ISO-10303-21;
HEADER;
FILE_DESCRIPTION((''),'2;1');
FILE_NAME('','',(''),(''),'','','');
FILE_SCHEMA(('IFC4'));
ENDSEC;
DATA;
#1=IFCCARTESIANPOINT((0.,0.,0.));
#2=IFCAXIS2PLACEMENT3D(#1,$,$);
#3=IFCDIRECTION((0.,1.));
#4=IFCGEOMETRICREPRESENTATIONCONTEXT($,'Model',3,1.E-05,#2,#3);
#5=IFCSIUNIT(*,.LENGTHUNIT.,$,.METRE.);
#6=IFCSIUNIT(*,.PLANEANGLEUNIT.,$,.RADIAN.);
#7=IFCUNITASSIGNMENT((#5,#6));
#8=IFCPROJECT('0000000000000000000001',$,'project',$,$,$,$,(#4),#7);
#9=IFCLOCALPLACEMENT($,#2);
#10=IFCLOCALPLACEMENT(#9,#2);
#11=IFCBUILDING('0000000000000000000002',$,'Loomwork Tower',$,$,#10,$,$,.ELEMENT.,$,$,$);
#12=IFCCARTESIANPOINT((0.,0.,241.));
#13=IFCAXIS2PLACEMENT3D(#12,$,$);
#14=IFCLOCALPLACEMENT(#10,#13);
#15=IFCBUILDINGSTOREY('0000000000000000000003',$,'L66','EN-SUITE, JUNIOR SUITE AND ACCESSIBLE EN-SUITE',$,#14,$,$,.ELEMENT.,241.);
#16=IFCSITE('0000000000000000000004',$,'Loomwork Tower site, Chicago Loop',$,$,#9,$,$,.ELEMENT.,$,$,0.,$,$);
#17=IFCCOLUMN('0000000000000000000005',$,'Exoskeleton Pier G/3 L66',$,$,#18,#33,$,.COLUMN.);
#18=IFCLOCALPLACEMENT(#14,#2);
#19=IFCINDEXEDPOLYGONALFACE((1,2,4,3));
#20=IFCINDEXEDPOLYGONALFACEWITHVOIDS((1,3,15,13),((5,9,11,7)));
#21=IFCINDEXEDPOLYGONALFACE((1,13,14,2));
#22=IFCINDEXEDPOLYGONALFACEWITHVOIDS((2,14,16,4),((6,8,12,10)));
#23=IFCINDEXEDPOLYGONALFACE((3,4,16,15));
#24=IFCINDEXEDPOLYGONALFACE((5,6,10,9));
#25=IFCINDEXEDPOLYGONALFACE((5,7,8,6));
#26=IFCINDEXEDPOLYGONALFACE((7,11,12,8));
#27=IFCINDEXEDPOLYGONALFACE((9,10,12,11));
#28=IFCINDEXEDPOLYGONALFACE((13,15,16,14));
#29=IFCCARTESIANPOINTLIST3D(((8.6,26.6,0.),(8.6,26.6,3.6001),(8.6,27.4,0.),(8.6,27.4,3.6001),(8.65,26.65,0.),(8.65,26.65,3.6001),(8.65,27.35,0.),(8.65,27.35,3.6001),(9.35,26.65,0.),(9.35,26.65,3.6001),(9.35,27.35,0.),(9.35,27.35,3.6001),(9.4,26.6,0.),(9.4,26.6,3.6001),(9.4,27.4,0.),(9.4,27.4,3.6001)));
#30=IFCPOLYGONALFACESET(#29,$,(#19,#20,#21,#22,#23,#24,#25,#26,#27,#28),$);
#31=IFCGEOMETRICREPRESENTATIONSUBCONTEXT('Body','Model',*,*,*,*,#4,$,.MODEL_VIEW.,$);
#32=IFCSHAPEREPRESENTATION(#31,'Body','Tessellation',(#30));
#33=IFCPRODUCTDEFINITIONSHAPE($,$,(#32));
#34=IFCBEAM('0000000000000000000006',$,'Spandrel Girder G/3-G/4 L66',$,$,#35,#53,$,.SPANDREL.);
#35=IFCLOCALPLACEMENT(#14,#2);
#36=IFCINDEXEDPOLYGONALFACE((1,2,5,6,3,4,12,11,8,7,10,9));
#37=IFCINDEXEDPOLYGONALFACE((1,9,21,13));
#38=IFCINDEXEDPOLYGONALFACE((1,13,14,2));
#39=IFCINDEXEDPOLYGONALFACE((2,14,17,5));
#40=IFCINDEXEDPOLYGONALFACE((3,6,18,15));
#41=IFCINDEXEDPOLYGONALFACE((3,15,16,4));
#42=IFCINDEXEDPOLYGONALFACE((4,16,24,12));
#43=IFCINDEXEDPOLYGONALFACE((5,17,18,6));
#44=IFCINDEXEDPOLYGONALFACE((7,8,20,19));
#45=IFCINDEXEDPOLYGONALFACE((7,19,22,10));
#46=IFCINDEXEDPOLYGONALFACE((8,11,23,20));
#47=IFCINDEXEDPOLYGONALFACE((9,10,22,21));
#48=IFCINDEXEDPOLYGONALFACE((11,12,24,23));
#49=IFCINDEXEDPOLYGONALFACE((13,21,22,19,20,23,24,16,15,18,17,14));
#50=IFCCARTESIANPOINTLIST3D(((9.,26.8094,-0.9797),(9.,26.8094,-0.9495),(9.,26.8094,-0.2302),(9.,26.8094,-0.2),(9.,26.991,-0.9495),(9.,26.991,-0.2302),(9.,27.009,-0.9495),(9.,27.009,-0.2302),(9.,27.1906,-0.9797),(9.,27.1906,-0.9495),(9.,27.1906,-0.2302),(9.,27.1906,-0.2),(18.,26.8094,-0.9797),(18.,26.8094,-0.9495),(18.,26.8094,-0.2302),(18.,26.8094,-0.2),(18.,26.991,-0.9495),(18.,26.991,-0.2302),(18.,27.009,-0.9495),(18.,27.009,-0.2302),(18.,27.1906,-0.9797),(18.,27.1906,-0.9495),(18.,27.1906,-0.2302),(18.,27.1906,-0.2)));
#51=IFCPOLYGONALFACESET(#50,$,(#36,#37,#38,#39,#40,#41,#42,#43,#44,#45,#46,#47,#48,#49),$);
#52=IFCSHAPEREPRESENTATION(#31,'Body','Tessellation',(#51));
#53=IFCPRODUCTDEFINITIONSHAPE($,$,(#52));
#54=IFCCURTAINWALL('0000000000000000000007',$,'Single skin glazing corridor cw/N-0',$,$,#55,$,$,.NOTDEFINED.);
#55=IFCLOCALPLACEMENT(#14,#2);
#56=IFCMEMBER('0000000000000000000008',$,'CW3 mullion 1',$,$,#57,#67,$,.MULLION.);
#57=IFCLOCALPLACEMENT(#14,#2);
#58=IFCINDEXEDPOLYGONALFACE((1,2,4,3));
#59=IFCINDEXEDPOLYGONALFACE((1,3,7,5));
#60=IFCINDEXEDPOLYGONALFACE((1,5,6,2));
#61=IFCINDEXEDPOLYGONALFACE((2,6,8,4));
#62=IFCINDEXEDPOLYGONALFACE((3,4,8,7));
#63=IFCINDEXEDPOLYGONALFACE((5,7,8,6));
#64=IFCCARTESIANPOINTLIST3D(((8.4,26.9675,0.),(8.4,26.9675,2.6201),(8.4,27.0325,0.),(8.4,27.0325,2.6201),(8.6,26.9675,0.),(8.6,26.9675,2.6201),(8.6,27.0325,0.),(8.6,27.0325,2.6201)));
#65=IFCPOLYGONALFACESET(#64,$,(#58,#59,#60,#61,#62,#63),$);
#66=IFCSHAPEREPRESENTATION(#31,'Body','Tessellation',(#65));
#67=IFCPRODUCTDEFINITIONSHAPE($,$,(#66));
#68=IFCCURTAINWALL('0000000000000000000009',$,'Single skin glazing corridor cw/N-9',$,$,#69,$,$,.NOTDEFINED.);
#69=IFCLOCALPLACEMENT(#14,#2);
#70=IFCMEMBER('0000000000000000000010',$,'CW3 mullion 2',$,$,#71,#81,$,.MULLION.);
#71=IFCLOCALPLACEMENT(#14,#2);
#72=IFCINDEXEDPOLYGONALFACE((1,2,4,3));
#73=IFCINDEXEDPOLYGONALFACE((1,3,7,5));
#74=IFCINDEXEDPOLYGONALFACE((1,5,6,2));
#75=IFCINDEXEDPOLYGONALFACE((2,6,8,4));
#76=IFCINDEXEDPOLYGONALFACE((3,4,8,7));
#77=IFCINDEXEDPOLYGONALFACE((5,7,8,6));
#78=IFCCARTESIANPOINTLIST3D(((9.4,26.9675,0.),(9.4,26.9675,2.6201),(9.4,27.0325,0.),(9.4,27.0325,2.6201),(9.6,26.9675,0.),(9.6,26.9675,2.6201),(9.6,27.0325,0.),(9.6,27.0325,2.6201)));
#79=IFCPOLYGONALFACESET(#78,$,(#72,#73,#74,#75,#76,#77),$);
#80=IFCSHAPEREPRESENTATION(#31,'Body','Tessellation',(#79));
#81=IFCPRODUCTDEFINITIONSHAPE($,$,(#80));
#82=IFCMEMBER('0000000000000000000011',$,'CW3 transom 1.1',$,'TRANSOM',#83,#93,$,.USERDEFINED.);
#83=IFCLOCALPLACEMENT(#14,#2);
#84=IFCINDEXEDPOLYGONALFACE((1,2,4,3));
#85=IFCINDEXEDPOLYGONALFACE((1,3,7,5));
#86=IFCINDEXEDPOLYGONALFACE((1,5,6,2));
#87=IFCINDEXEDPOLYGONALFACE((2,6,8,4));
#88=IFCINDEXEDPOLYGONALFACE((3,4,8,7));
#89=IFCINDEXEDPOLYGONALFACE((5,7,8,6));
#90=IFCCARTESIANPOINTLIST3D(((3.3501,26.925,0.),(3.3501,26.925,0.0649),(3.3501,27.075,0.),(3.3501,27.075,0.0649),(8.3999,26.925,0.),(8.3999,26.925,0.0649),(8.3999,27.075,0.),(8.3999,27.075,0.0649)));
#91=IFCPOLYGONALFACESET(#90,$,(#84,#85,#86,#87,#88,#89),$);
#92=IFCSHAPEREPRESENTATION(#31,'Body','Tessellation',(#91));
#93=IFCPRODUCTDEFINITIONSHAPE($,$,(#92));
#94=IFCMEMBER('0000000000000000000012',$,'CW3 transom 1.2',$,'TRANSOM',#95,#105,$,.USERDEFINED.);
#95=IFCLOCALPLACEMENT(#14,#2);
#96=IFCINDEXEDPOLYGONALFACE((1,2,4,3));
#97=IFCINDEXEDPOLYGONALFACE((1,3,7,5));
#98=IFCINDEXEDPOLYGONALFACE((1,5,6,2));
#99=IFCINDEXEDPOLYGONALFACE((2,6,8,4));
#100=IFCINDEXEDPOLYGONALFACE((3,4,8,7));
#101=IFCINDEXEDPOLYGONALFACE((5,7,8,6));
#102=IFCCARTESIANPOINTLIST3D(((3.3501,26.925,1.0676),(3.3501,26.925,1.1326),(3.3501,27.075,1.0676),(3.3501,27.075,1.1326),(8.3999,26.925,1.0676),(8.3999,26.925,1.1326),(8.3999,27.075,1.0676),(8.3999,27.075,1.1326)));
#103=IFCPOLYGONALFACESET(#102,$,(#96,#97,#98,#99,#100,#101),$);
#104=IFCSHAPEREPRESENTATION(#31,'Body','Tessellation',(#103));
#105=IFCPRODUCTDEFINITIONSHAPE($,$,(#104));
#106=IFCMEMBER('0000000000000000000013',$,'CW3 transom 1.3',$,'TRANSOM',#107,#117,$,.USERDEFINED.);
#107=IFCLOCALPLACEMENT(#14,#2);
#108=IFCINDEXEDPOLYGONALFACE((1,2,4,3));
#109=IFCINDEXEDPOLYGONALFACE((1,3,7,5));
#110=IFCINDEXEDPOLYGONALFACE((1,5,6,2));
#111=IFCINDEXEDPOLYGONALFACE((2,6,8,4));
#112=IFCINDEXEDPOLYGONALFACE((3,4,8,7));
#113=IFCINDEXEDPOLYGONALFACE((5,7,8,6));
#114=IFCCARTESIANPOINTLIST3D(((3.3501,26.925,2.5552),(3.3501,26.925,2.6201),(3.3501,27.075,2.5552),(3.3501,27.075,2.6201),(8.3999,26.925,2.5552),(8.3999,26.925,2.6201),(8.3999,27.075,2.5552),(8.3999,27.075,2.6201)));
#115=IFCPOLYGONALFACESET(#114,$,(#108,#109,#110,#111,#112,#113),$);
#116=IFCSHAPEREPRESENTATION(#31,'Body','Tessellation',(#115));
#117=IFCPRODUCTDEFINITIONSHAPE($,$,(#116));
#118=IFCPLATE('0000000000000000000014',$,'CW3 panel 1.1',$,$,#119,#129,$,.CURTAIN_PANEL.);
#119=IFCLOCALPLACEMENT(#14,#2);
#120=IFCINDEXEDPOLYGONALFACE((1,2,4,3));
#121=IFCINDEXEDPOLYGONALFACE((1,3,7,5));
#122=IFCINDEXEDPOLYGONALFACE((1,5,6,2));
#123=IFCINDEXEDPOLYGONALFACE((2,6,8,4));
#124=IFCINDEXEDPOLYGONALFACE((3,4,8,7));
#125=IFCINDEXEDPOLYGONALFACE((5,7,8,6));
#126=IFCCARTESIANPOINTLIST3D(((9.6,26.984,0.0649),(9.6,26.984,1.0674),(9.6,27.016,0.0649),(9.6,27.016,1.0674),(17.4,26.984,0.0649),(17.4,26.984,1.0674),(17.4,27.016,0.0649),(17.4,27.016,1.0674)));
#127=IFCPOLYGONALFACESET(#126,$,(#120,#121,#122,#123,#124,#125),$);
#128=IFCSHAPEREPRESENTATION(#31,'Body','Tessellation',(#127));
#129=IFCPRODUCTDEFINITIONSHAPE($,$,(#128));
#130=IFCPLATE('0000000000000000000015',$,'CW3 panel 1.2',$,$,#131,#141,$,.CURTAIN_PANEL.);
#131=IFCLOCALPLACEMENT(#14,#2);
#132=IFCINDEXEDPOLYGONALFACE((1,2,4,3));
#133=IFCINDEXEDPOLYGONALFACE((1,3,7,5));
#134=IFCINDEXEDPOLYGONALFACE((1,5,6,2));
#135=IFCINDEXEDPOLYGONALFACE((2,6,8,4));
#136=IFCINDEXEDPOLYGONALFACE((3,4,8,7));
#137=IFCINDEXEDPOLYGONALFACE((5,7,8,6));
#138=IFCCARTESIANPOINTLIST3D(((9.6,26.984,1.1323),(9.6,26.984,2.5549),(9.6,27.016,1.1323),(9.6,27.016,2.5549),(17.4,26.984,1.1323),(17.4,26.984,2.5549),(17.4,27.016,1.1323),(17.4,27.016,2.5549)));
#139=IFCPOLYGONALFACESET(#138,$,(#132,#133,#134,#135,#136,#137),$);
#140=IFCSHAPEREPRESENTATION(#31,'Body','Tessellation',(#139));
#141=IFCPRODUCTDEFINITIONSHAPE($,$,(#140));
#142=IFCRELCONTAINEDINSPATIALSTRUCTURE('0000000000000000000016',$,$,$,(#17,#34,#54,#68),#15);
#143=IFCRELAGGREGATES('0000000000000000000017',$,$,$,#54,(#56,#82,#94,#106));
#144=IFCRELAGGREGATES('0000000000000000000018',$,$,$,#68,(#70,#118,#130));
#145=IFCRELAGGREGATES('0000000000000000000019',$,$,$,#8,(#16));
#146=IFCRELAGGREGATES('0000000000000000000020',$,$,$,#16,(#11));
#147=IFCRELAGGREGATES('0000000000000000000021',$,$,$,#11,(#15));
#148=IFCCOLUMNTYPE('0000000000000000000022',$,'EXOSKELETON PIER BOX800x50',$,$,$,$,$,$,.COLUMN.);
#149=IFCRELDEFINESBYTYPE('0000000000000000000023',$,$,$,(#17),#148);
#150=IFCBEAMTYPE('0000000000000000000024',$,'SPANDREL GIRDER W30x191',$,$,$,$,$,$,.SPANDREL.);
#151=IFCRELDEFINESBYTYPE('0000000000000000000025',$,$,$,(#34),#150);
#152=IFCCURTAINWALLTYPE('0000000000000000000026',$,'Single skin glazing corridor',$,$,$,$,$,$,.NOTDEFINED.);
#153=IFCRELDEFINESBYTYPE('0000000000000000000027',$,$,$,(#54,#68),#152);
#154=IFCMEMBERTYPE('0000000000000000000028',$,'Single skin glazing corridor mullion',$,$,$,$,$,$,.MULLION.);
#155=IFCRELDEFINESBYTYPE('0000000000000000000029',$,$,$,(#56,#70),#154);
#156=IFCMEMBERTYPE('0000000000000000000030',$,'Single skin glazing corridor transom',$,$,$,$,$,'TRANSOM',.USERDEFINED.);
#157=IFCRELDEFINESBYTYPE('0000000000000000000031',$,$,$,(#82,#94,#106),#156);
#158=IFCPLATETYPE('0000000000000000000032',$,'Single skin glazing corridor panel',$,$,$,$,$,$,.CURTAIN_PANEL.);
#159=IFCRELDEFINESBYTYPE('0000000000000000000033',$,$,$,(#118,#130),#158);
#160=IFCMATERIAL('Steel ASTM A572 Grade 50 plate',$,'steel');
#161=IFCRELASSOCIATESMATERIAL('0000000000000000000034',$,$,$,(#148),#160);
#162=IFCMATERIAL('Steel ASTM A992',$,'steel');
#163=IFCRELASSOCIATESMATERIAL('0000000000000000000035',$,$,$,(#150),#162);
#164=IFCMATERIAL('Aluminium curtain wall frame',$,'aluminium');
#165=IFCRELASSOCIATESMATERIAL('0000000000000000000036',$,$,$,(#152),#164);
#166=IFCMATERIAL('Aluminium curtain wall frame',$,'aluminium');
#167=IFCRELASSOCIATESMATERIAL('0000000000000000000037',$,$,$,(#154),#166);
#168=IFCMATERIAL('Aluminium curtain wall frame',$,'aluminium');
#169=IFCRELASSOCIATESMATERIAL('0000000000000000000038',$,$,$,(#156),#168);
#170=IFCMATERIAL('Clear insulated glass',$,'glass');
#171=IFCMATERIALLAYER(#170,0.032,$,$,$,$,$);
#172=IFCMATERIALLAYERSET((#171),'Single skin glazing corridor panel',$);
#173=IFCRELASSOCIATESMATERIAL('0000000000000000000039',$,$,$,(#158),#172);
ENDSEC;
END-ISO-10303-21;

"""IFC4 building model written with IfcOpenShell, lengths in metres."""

from ifc_helpers import new_model, si_unit, direction, frame, origin, origin_2d, place, context, subcontext, project, spatial, rectangle, hollow_rectangle, i_section, extrude, material, layer, layer_set, material_profile, profile_set, type_object, element, aggregate, save


model = new_model("IFC4")

# Units and contexts
model_context = context("Model", 3, precision=1e-05, world=origin(), true_north=direction((0.0, 1.0)))
body_context = subcontext(model_context, "Body", "Model", "MODEL_VIEW")
ifc_project = project(units=[si_unit("LENGTHUNIT", "METRE"), si_unit("PLANEANGLEUNIT", "RADIAN")], contexts=[model_context])

# Site, building, storey
site_placement = place(None, origin())
site = spatial("IfcSite", under=ifc_project, at=site_placement, Name="Loomwork Tower site, Chicago Loop", CompositionType="ELEMENT", RefElevation=0.0)
building_placement = place(site_placement, origin())
building = spatial("IfcBuilding", under=site, at=building_placement, Name="Loomwork Tower", CompositionType="ELEMENT")
storey_placement = place(building_placement, frame((0.0, 0.0, 241.0)))
storey = spatial("IfcBuildingStorey", under=building, at=storey_placement, Name="L66", Description="EN-SUITE, JUNIOR SUITE AND ACCESSIBLE EN-SUITE", CompositionType="ELEMENT", Elevation=241.0)

# Column
ifc_material_1 = material(Name="Steel ASTM A572 Grade 50 plate", Category="steel")
ifc_material_profile_1 = material_profile(ifc_material_1, hollow_rectangle(XDim=0.8, YDim=0.8, WallThickness=0.05, at=origin_2d()), Name="BOX800x50")
ifc_profile_set_1 = profile_set([ifc_material_profile_1], Name="Steel ASTM A572 Grade 50 plate")
column_type = type_object("IfcColumnType", Name="EXOSKELETON PIER BOX800x50", PredefinedType="COLUMN", material=ifc_profile_set_1)
column_placement = place(storey_placement, frame((9.0, 27.0, 0.0), z_axis=(0.0, 0.0, 1.0), x_axis=(1.0, 0.0, 0.0)))
element("IfcColumn", 1, at=column_placement, inside=storey, type_object=column_type, Name="Exoskeleton Pier G/3 L66", PredefinedType="COLUMN", context=body_context, shape_type="SweptSolid", body=[
    extrude(hollow_rectangle(XDim=0.8, YDim=0.8, WallThickness=0.05, at=origin_2d()), origin(), (0.0, 0.0, 1.0), 3.6001),
])

# Beam
ifc_material_2 = material(Name="Steel ASTM A992", Category="steel")
ifc_material_profile_2 = material_profile(ifc_material_2, i_section(OverallWidth=0.3811, OverallDepth=0.7798, WebThickness=0.0181, FlangeThickness=0.0303, at=origin_2d()), Name="W30x191")
ifc_profile_set_2 = profile_set([ifc_material_profile_2], Name="Steel ASTM A992")
beam_type = type_object("IfcBeamType", Name="SPANDREL GIRDER W30x191", PredefinedType="SPANDREL", material=ifc_profile_set_2)
beam_placement = place(storey_placement, frame((9.0, 27.0, -0.5898), z_axis=(1.0, 0.0, 0.0), x_axis=(0.0, 1.0, 0.0)))
element("IfcBeam", 2, at=beam_placement, inside=storey, type_object=beam_type, Name="Spandrel Girder G/3-G/4 L66", PredefinedType="SPANDREL", context=body_context, shape_type="SweptSolid", body=[
    extrude(i_section(OverallWidth=0.3811, OverallDepth=0.7798, WebThickness=0.0181, FlangeThickness=0.0303, at=origin_2d()), origin(), (0.0, 0.0, 1.0), 9.0),
])

# Curtain walls, members
ifc_material_3 = material(Name="Aluminium curtain wall frame", Category="aluminium")
curtain_wall_type = type_object("IfcCurtainWallType", Name="Single skin glazing corridor", PredefinedType="NOTDEFINED", material=ifc_material_3)
curtain_wall_1_placement = place(storey_placement, origin())
curtain_wall_1 = element("IfcCurtainWall", 3, at=curtain_wall_1_placement, inside=storey, type_object=curtain_wall_type, Name="Single skin glazing corridor cw/N-0", PredefinedType="NOTDEFINED")
ifc_material_4 = material(Name="Aluminium curtain wall frame", Category="aluminium")
ifc_material_profile_3 = material_profile(ifc_material_4, rectangle(XDim=0.0649, YDim=0.2, at=origin_2d()), Name="AL 65x200")
ifc_profile_set_3 = profile_set([ifc_material_profile_3], Name="Aluminium curtain wall frame")
member_type_1 = type_object("IfcMemberType", Name="Single skin glazing corridor mullion", PredefinedType="MULLION", material=ifc_profile_set_3)
member_1_placement = place(storey_placement, frame((8.5, 27.0, 0.0), z_axis=(0.0, 0.0, 1.0), x_axis=(0.0, -1.0, 0.0)))
member_1 = element("IfcMember", 4, at=member_1_placement, type_object=member_type_1, Name="CW3 mullion 1", PredefinedType="MULLION", context=body_context, shape_type="SweptSolid", body=[
    extrude(rectangle(XDim=0.0649, YDim=0.2, at=origin_2d()), origin(), (0.0, 0.0, 1.0), 2.6201),
])
curtain_wall_2_placement = place(storey_placement, origin())
curtain_wall_2 = element("IfcCurtainWall", 5, at=curtain_wall_2_placement, inside=storey, type_object=curtain_wall_type, Name="Single skin glazing corridor cw/N-9", PredefinedType="NOTDEFINED")
member_2_placement = place(storey_placement, frame((9.5, 27.0, 0.0), z_axis=(0.0, 0.0, 1.0), x_axis=(0.0, -1.0, 0.0)))
member_2 = element("IfcMember", 6, at=member_2_placement, type_object=member_type_1, Name="CW3 mullion 2", PredefinedType="MULLION", context=body_context, shape_type="SweptSolid", body=[
    extrude(rectangle(XDim=0.0649, YDim=0.2, at=origin_2d()), origin(), (0.0, 0.0, 1.0), 2.6201),
])

# Members
ifc_material_5 = material(Name="Aluminium curtain wall frame", Category="aluminium")
ifc_material_profile_4 = material_profile(ifc_material_5, rectangle(XDim=0.1499, YDim=0.0649, at=origin_2d()), Name="AL 65x150")
ifc_profile_set_4 = profile_set([ifc_material_profile_4], Name="Aluminium curtain wall frame")
member_type_2 = type_object("IfcMemberType", Name="Single skin glazing corridor transom", ElementType="TRANSOM", PredefinedType="USERDEFINED", material=ifc_profile_set_4)
member_3_placement = place(storey_placement, frame((8.3999, 27.0, 0.0325), z_axis=(-1.0, 0.0, 0.0), x_axis=(0.0, -1.0, 0.0)))
member_3 = element("IfcMember", 7, at=member_3_placement, type_object=member_type_2, Name="CW3 transom 1.1", ObjectType="TRANSOM", PredefinedType="USERDEFINED", context=body_context, shape_type="SweptSolid", body=[
    extrude(rectangle(XDim=0.1499, YDim=0.0649, at=origin_2d()), origin(), (0.0, 0.0, 1.0), 5.0498),
])
member_4_placement = place(storey_placement, frame((8.3999, 27.0, 1.1001), z_axis=(-1.0, 0.0, 0.0), x_axis=(0.0, -1.0, 0.0)))
member_4 = element("IfcMember", 8, at=member_4_placement, type_object=member_type_2, Name="CW3 transom 1.2", ObjectType="TRANSOM", PredefinedType="USERDEFINED", context=body_context, shape_type="SweptSolid", body=[
    extrude(rectangle(XDim=0.1499, YDim=0.0649, at=origin_2d()), origin(), (0.0, 0.0, 1.0), 5.0498),
])
member_5_placement = place(storey_placement, frame((8.3999, 27.0, 2.5876), z_axis=(-1.0, 0.0, 0.0), x_axis=(0.0, -1.0, 0.0)))
member_5 = element("IfcMember", 9, at=member_5_placement, type_object=member_type_2, Name="CW3 transom 1.3", ObjectType="TRANSOM", PredefinedType="USERDEFINED", context=body_context, shape_type="SweptSolid", body=[
    extrude(rectangle(XDim=0.1499, YDim=0.0649, at=origin_2d()), origin(), (0.0, 0.0, 1.0), 5.0498),
])
aggregate(curtain_wall_1, [member_1, member_3, member_4, member_5])

# Plates
ifc_material_6 = material(Name="Clear insulated glass", Category="glass")
ifc_layer_1 = layer(ifc_material_6, 0.032)
ifc_layer_set_1 = layer_set([ifc_layer_1], Name="Single skin glazing corridor panel")
plate_type = type_object("IfcPlateType", Name="Single skin glazing corridor panel", PredefinedType="CURTAIN_PANEL", material=ifc_layer_set_1)
plate_1_placement = place(storey_placement, frame((13.5, 27.0, 0.0649), z_axis=(0.0, 0.0, 1.0), x_axis=(-1.0, 0.0, 0.0)))
plate_1 = element("IfcPlate", 10, at=plate_1_placement, type_object=plate_type, Name="CW3 panel 1.1", PredefinedType="CURTAIN_PANEL", context=body_context, shape_type="SweptSolid", body=[
    extrude(rectangle(XDim=7.8, YDim=0.032, at=origin_2d()), origin(), (0.0, 0.0, 1.0), 1.0024),
])
plate_2_placement = place(storey_placement, frame((13.5, 27.0, 1.1323), z_axis=(0.0, 0.0, 1.0), x_axis=(-1.0, 0.0, 0.0)))
plate_2 = element("IfcPlate", 11, at=plate_2_placement, type_object=plate_type, Name="CW3 panel 1.2", PredefinedType="CURTAIN_PANEL", context=body_context, shape_type="SweptSolid", body=[
    extrude(rectangle(XDim=7.8, YDim=0.032, at=origin_2d()), origin(), (0.0, 0.0, 1.0), 1.4226),
])
aggregate(curtain_wall_2, [member_2, plate_1, plate_2])

save(model, "model.ifc")
